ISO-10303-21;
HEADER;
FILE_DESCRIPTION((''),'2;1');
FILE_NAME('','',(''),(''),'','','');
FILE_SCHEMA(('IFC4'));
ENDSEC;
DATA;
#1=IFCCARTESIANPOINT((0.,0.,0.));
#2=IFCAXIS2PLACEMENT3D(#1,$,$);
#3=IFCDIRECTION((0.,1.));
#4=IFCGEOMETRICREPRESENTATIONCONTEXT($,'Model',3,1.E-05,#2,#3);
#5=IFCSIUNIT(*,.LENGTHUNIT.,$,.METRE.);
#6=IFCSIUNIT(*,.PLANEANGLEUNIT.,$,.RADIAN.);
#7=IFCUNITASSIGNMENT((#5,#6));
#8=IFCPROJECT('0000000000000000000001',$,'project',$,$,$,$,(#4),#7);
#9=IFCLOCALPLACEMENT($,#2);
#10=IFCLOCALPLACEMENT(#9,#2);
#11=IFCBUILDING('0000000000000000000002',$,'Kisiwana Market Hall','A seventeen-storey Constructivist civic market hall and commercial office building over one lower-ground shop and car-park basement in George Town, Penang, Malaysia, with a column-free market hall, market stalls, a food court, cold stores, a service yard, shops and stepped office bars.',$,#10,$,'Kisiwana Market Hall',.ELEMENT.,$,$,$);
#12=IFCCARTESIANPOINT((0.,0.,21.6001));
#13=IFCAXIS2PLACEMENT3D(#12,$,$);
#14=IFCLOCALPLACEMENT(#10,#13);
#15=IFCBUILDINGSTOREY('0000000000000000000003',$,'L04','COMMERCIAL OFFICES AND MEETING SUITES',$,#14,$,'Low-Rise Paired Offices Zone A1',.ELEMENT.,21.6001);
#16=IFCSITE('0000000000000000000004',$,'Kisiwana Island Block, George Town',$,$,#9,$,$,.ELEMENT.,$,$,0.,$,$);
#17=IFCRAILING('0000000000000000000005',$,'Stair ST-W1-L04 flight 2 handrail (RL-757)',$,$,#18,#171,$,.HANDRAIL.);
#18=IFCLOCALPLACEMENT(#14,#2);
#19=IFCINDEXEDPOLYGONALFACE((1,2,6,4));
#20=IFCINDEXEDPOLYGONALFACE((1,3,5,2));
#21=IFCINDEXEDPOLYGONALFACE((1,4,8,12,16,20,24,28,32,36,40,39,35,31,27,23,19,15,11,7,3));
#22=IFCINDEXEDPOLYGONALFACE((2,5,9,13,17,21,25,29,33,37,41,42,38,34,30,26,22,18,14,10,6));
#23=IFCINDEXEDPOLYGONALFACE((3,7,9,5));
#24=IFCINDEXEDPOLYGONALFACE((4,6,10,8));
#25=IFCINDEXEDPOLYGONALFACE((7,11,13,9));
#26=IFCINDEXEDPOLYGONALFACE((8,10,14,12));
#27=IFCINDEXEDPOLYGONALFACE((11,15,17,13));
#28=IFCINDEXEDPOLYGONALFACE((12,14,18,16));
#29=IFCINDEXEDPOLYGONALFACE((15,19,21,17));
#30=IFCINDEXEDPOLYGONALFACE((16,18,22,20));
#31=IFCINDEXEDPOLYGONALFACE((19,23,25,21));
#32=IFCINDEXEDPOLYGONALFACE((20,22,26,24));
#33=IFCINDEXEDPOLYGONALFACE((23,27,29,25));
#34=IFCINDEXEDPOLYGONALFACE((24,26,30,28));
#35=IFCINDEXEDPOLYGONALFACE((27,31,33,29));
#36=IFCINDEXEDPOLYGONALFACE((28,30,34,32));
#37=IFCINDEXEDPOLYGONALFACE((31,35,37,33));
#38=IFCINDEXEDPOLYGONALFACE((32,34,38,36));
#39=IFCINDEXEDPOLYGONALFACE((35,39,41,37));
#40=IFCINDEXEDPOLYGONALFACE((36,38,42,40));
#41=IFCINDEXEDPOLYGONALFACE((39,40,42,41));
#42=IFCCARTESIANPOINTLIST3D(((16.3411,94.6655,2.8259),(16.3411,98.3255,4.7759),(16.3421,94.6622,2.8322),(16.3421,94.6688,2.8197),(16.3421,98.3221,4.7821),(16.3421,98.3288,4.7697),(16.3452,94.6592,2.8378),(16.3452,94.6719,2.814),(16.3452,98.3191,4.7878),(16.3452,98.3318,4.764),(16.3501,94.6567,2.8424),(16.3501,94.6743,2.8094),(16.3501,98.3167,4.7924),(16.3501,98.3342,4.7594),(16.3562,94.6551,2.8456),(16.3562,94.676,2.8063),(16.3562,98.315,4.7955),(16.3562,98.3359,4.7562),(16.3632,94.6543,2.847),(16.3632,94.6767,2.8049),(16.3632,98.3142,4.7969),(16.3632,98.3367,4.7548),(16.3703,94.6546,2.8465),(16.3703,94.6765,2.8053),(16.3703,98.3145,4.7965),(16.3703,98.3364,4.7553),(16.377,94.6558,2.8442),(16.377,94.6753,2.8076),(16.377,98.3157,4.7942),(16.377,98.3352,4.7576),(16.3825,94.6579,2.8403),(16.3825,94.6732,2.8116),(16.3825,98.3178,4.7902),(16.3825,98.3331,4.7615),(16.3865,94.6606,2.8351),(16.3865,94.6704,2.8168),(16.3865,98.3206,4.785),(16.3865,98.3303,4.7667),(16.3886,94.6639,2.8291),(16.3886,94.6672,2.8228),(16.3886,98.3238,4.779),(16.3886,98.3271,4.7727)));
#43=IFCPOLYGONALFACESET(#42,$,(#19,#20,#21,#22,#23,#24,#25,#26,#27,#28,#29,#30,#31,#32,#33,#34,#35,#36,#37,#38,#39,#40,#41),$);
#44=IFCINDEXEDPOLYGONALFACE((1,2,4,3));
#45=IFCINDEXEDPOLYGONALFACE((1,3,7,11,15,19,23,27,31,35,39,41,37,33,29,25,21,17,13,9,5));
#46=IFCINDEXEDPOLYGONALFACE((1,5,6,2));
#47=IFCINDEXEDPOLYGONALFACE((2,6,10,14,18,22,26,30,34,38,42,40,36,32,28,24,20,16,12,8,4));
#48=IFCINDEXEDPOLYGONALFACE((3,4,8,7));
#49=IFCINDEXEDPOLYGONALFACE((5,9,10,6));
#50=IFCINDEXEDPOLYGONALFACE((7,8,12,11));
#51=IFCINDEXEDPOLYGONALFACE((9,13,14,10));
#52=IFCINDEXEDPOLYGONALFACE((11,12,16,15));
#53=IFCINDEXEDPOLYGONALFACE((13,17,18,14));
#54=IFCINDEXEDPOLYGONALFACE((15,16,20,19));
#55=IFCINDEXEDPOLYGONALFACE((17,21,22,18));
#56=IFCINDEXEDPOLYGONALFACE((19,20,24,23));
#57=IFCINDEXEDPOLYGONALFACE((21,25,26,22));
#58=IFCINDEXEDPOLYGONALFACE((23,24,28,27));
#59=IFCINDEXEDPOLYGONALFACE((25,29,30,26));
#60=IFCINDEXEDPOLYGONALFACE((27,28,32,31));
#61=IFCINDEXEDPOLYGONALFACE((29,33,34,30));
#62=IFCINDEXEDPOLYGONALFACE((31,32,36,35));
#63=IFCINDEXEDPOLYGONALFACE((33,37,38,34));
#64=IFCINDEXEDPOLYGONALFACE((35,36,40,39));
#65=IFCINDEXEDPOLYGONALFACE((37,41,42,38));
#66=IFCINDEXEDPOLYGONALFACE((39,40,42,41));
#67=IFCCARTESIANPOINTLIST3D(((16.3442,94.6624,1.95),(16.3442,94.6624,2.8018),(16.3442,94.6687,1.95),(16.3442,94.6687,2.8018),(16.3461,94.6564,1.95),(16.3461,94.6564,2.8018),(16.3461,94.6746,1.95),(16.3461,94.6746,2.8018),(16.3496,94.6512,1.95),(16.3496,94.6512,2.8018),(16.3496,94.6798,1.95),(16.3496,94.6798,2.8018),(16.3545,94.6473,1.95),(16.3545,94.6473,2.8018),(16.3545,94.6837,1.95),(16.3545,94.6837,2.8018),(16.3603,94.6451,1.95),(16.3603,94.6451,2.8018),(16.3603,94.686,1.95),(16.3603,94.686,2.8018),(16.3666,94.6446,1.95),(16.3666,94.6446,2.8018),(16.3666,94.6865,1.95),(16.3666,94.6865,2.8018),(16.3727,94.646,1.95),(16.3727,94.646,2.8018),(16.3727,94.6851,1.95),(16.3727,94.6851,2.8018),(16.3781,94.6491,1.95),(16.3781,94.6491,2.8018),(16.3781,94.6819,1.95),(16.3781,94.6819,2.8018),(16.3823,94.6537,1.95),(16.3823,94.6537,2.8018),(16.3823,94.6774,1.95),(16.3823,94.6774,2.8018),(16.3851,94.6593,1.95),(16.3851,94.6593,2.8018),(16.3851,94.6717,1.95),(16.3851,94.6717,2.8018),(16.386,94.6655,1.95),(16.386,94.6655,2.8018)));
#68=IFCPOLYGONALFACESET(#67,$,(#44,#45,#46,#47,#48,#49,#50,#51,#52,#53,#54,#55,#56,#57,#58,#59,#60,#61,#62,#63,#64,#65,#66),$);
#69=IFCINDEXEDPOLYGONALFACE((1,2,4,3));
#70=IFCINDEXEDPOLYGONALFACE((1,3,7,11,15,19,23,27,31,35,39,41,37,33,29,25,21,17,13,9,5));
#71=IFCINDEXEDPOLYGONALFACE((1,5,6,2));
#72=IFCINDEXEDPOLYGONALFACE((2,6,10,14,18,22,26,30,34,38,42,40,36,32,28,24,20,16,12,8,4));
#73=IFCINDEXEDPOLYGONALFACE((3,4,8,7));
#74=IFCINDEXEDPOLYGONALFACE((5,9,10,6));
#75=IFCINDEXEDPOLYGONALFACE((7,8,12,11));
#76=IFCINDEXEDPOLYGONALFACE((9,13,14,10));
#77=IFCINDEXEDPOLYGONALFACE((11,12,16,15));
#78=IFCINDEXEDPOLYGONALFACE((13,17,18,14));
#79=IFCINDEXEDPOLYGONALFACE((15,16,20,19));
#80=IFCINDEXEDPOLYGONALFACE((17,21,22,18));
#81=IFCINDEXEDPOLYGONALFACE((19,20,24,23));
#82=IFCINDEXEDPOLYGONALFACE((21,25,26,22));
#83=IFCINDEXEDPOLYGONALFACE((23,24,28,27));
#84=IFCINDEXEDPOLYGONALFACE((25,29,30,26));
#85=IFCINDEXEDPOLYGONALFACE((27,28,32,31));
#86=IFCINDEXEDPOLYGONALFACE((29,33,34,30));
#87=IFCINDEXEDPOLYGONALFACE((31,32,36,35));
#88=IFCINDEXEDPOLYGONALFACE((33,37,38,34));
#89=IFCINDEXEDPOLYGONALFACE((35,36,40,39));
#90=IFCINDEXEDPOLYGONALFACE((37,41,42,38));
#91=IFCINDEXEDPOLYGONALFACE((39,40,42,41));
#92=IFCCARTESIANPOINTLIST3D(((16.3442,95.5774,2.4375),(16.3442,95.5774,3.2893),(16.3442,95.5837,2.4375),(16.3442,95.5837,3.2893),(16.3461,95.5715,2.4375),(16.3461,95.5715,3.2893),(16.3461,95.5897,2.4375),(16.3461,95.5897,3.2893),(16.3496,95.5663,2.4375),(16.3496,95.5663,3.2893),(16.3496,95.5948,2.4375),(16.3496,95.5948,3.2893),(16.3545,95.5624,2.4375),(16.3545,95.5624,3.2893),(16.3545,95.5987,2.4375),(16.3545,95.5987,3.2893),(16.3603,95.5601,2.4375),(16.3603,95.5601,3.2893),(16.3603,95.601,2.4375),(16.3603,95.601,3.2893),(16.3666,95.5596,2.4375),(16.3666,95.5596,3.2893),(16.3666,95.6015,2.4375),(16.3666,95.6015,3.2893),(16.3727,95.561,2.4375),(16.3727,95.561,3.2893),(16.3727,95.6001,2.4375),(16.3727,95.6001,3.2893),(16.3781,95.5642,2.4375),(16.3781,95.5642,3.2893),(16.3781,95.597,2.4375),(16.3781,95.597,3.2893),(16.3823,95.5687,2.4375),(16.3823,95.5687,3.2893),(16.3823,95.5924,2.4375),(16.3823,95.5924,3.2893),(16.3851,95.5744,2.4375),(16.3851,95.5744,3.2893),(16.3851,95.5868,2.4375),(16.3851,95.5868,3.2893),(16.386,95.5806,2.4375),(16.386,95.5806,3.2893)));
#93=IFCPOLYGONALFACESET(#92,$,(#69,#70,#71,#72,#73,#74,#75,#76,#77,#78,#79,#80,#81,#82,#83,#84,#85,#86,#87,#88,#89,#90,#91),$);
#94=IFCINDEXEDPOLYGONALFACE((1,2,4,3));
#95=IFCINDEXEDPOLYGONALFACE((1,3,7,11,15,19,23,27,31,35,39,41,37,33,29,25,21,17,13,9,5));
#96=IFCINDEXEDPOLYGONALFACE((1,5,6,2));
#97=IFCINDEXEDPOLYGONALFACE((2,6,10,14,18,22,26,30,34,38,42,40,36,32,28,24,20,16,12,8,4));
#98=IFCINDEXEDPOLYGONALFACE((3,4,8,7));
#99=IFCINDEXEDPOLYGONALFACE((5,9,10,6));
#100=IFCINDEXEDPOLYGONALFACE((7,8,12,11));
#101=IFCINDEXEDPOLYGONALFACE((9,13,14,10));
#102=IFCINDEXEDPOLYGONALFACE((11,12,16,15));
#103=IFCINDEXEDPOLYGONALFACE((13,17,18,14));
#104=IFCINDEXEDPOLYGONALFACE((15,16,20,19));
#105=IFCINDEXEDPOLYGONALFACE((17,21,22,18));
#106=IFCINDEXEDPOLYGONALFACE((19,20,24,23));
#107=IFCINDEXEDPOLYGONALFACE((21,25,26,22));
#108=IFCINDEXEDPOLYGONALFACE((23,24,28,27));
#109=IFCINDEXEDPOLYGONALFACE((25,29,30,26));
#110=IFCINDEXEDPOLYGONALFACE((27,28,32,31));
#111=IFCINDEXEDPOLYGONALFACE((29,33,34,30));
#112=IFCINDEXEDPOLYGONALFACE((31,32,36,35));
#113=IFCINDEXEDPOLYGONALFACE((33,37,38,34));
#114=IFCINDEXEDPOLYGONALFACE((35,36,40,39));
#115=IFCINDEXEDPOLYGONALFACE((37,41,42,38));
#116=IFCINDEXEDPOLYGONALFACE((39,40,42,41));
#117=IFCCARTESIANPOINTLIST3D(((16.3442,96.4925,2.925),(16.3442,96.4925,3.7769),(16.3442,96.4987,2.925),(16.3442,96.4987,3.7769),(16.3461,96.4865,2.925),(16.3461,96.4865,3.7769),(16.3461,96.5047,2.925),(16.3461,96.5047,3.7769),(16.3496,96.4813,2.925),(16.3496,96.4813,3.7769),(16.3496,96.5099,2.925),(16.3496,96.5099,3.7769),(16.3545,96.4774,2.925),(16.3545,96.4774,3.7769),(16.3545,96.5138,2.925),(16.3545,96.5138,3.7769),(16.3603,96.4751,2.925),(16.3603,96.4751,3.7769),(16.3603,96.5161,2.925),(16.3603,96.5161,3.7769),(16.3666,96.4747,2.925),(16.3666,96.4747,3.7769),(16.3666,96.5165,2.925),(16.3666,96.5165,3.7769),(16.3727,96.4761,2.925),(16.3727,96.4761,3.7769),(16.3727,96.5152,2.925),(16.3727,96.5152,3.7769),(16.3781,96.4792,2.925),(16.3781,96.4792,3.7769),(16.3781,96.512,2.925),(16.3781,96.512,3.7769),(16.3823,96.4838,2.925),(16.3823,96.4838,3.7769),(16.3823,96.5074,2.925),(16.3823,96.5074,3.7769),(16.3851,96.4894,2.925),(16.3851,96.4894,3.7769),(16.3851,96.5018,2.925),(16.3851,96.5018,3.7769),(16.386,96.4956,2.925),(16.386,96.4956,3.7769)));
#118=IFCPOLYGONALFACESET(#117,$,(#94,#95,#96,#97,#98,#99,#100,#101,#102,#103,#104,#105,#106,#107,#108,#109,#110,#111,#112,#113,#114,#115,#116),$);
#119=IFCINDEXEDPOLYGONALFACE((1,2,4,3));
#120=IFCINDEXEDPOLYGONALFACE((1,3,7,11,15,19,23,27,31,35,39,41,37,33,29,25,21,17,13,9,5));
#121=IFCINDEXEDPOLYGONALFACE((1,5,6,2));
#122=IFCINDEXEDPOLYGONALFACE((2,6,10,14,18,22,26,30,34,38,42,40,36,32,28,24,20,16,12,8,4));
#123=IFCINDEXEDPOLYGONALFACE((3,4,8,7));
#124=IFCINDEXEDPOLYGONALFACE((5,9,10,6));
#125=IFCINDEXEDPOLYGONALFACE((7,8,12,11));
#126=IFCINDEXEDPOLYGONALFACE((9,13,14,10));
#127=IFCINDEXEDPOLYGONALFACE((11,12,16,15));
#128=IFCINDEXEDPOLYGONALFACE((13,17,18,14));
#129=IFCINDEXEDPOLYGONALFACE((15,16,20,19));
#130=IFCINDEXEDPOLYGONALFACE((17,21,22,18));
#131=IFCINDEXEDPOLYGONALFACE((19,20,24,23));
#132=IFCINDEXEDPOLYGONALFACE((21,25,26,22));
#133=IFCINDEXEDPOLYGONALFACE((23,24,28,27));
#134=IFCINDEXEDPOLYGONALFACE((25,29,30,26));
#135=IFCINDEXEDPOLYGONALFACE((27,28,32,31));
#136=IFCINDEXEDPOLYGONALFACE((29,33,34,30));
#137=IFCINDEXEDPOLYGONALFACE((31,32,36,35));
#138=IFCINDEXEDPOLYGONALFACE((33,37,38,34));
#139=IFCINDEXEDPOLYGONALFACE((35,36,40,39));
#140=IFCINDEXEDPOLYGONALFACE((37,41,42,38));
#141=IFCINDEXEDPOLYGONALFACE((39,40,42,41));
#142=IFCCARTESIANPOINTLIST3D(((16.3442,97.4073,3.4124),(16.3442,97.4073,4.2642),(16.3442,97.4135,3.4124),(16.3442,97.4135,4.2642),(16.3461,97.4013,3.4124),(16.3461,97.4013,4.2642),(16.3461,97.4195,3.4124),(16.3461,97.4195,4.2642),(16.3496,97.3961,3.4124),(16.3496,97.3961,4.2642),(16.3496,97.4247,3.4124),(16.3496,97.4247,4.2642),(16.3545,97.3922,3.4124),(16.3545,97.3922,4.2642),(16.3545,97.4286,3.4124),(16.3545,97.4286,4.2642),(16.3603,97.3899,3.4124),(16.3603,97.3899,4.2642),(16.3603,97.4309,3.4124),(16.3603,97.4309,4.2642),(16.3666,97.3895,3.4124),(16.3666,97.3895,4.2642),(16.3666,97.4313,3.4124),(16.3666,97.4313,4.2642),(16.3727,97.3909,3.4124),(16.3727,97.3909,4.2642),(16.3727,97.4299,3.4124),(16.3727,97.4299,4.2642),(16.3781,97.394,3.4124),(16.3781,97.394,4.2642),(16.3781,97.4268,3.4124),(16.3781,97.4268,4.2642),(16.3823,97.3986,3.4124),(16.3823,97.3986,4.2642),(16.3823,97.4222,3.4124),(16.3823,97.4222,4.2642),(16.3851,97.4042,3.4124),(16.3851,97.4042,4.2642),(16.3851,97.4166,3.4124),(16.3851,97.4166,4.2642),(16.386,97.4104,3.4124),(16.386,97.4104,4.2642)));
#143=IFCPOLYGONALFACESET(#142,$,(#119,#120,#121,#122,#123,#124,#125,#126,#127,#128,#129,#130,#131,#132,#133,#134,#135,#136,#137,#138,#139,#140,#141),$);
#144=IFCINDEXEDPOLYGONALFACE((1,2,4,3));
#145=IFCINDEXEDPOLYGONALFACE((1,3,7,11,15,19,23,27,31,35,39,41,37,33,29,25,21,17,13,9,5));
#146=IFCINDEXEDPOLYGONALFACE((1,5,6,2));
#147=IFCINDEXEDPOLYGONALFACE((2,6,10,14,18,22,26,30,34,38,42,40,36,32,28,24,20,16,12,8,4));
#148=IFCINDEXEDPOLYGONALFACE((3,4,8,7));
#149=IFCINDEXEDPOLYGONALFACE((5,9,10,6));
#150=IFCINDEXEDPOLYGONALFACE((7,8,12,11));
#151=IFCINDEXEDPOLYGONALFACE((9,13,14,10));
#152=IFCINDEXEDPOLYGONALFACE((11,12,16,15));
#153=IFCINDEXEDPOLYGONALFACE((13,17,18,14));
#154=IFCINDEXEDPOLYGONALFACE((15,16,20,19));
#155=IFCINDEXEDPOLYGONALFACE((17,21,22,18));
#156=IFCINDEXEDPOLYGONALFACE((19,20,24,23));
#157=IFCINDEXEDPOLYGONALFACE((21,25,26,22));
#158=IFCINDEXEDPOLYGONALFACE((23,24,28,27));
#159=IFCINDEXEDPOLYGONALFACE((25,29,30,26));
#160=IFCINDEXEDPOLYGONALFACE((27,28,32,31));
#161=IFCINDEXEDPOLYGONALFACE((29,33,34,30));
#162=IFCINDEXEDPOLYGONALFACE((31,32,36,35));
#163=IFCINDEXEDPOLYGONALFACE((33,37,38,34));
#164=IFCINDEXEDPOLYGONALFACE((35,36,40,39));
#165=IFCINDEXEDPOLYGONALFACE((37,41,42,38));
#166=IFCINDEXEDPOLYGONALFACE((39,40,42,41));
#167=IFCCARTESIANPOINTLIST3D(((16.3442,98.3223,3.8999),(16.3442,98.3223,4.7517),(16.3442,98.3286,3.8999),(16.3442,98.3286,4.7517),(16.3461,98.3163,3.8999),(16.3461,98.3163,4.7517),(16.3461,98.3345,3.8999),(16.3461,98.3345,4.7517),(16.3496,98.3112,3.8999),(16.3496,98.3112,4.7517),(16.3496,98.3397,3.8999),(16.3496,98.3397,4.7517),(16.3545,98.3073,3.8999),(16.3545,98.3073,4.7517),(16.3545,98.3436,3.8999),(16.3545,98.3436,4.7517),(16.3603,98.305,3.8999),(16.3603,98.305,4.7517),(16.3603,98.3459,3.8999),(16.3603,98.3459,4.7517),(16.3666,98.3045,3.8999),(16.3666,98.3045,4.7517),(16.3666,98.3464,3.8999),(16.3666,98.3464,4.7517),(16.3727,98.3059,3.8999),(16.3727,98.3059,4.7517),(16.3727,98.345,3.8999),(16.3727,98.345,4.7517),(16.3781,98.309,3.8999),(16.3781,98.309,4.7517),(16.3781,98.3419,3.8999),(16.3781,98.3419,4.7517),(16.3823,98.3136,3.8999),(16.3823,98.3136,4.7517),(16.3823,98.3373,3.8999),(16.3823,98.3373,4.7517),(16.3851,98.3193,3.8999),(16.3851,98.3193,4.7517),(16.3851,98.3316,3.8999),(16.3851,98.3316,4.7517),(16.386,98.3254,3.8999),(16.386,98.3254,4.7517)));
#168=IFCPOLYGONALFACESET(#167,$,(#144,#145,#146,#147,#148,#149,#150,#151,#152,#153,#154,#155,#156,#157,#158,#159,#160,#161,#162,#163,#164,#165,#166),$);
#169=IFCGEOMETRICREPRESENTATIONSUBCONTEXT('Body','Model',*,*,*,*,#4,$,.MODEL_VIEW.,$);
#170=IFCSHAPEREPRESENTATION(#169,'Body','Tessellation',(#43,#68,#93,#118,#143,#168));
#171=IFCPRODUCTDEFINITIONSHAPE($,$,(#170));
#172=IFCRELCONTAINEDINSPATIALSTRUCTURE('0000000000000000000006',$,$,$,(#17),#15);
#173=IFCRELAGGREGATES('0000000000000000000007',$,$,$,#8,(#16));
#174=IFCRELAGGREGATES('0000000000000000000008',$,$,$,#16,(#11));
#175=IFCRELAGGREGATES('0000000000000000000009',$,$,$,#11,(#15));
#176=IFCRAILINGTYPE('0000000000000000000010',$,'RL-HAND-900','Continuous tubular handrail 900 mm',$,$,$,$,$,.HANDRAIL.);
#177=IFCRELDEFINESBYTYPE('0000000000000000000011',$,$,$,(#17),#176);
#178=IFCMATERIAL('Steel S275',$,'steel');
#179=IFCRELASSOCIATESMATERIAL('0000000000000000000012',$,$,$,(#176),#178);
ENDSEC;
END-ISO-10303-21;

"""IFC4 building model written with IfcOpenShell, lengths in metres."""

from ifc_helpers import new_model, si_unit, direction, frame, origin, origin_2d, place, context, subcontext, project, spatial, circle, extrude, material, type_object, element, save


model = new_model("IFC4")

# Units and contexts
model_context = context("Model", 3, precision=1e-05, world=origin(), true_north=direction((0.0, 1.0)))
body_context = subcontext(model_context, "Body", "Model", "MODEL_VIEW")
ifc_project = project(units=[si_unit("LENGTHUNIT", "METRE"), si_unit("PLANEANGLEUNIT", "RADIAN")], contexts=[model_context])

# Site, building, storey
site_placement = place(None, origin())
site = spatial("IfcSite", under=ifc_project, at=site_placement, Name="Kisiwana Island Block, George Town", CompositionType="ELEMENT", RefElevation=0.0)
building_placement = place(site_placement, origin())
building = spatial("IfcBuilding", under=site, at=building_placement, Name="Kisiwana Market Hall", Description="A seventeen-storey Constructivist civic market hall and commercial office building over one lower-ground shop and car-park basement in George Town, Penang, Malaysia, with a column-free market hall, market stalls, a food court, cold stores, a service yard, shops and stepped office bars.", LongName="Kisiwana Market Hall", CompositionType="ELEMENT")
storey_placement = place(building_placement, frame((0.0, 0.0, 21.6001)))
storey = spatial("IfcBuildingStorey", under=building, at=storey_placement, Name="L04", Description="COMMERCIAL OFFICES AND MEETING SUITES", LongName="Low-Rise Paired Offices Zone A1", CompositionType="ELEMENT", Elevation=21.6001)

# Railing
ifc_material_1 = material(Name="Steel S275", Category="steel")
railing_type_1 = type_object("IfcRailingType", Name="RL-HAND-900", Description="Continuous tubular handrail 900 mm", PredefinedType="HANDRAIL", material=ifc_material_1)
railing_1_placement = place(storey_placement, frame((16.365, 94.6655, 1.95)))
element("IfcRailing", 1, at=railing_1_placement, inside=storey, type_object=railing_type_1, Name="Stair ST-W1-L04 flight 2 handrail (RL-757)", PredefinedType="HANDRAIL", context=body_context, shape_type="SweptSolid", body=[
    extrude(circle(Radius=0.0239, at=origin_2d()), frame((0.0, 0.0, 0.876), z_axis=(0.0, 0.882553, 0.470212), x_axis=(-1.0, 0.0, 0.0)), (0.0, 0.0, 1.0), 4.147),
    extrude(circle(Radius=0.021, at=origin_2d()), origin(), (0.0, 0.0, 1.0), 0.8518),
    extrude(circle(Radius=0.021, at=origin_2d()), frame((0.0, 0.915, 0.4875)), (0.0, 0.0, 1.0), 0.8518),
    extrude(circle(Radius=0.021, at=origin_2d()), frame((0.0, 1.8301, 0.9751)), (0.0, 0.0, 1.0), 0.8518),
    extrude(circle(Radius=0.021, at=origin_2d()), frame((0.0, 2.7449, 1.4624)), (0.0, 0.0, 1.0), 0.8518),
    extrude(circle(Radius=0.021, at=origin_2d()), frame((0.0, 3.6599, 1.95)), (0.0, 0.0, 1.0), 0.8518),
])

save(model, "model.ifc")
